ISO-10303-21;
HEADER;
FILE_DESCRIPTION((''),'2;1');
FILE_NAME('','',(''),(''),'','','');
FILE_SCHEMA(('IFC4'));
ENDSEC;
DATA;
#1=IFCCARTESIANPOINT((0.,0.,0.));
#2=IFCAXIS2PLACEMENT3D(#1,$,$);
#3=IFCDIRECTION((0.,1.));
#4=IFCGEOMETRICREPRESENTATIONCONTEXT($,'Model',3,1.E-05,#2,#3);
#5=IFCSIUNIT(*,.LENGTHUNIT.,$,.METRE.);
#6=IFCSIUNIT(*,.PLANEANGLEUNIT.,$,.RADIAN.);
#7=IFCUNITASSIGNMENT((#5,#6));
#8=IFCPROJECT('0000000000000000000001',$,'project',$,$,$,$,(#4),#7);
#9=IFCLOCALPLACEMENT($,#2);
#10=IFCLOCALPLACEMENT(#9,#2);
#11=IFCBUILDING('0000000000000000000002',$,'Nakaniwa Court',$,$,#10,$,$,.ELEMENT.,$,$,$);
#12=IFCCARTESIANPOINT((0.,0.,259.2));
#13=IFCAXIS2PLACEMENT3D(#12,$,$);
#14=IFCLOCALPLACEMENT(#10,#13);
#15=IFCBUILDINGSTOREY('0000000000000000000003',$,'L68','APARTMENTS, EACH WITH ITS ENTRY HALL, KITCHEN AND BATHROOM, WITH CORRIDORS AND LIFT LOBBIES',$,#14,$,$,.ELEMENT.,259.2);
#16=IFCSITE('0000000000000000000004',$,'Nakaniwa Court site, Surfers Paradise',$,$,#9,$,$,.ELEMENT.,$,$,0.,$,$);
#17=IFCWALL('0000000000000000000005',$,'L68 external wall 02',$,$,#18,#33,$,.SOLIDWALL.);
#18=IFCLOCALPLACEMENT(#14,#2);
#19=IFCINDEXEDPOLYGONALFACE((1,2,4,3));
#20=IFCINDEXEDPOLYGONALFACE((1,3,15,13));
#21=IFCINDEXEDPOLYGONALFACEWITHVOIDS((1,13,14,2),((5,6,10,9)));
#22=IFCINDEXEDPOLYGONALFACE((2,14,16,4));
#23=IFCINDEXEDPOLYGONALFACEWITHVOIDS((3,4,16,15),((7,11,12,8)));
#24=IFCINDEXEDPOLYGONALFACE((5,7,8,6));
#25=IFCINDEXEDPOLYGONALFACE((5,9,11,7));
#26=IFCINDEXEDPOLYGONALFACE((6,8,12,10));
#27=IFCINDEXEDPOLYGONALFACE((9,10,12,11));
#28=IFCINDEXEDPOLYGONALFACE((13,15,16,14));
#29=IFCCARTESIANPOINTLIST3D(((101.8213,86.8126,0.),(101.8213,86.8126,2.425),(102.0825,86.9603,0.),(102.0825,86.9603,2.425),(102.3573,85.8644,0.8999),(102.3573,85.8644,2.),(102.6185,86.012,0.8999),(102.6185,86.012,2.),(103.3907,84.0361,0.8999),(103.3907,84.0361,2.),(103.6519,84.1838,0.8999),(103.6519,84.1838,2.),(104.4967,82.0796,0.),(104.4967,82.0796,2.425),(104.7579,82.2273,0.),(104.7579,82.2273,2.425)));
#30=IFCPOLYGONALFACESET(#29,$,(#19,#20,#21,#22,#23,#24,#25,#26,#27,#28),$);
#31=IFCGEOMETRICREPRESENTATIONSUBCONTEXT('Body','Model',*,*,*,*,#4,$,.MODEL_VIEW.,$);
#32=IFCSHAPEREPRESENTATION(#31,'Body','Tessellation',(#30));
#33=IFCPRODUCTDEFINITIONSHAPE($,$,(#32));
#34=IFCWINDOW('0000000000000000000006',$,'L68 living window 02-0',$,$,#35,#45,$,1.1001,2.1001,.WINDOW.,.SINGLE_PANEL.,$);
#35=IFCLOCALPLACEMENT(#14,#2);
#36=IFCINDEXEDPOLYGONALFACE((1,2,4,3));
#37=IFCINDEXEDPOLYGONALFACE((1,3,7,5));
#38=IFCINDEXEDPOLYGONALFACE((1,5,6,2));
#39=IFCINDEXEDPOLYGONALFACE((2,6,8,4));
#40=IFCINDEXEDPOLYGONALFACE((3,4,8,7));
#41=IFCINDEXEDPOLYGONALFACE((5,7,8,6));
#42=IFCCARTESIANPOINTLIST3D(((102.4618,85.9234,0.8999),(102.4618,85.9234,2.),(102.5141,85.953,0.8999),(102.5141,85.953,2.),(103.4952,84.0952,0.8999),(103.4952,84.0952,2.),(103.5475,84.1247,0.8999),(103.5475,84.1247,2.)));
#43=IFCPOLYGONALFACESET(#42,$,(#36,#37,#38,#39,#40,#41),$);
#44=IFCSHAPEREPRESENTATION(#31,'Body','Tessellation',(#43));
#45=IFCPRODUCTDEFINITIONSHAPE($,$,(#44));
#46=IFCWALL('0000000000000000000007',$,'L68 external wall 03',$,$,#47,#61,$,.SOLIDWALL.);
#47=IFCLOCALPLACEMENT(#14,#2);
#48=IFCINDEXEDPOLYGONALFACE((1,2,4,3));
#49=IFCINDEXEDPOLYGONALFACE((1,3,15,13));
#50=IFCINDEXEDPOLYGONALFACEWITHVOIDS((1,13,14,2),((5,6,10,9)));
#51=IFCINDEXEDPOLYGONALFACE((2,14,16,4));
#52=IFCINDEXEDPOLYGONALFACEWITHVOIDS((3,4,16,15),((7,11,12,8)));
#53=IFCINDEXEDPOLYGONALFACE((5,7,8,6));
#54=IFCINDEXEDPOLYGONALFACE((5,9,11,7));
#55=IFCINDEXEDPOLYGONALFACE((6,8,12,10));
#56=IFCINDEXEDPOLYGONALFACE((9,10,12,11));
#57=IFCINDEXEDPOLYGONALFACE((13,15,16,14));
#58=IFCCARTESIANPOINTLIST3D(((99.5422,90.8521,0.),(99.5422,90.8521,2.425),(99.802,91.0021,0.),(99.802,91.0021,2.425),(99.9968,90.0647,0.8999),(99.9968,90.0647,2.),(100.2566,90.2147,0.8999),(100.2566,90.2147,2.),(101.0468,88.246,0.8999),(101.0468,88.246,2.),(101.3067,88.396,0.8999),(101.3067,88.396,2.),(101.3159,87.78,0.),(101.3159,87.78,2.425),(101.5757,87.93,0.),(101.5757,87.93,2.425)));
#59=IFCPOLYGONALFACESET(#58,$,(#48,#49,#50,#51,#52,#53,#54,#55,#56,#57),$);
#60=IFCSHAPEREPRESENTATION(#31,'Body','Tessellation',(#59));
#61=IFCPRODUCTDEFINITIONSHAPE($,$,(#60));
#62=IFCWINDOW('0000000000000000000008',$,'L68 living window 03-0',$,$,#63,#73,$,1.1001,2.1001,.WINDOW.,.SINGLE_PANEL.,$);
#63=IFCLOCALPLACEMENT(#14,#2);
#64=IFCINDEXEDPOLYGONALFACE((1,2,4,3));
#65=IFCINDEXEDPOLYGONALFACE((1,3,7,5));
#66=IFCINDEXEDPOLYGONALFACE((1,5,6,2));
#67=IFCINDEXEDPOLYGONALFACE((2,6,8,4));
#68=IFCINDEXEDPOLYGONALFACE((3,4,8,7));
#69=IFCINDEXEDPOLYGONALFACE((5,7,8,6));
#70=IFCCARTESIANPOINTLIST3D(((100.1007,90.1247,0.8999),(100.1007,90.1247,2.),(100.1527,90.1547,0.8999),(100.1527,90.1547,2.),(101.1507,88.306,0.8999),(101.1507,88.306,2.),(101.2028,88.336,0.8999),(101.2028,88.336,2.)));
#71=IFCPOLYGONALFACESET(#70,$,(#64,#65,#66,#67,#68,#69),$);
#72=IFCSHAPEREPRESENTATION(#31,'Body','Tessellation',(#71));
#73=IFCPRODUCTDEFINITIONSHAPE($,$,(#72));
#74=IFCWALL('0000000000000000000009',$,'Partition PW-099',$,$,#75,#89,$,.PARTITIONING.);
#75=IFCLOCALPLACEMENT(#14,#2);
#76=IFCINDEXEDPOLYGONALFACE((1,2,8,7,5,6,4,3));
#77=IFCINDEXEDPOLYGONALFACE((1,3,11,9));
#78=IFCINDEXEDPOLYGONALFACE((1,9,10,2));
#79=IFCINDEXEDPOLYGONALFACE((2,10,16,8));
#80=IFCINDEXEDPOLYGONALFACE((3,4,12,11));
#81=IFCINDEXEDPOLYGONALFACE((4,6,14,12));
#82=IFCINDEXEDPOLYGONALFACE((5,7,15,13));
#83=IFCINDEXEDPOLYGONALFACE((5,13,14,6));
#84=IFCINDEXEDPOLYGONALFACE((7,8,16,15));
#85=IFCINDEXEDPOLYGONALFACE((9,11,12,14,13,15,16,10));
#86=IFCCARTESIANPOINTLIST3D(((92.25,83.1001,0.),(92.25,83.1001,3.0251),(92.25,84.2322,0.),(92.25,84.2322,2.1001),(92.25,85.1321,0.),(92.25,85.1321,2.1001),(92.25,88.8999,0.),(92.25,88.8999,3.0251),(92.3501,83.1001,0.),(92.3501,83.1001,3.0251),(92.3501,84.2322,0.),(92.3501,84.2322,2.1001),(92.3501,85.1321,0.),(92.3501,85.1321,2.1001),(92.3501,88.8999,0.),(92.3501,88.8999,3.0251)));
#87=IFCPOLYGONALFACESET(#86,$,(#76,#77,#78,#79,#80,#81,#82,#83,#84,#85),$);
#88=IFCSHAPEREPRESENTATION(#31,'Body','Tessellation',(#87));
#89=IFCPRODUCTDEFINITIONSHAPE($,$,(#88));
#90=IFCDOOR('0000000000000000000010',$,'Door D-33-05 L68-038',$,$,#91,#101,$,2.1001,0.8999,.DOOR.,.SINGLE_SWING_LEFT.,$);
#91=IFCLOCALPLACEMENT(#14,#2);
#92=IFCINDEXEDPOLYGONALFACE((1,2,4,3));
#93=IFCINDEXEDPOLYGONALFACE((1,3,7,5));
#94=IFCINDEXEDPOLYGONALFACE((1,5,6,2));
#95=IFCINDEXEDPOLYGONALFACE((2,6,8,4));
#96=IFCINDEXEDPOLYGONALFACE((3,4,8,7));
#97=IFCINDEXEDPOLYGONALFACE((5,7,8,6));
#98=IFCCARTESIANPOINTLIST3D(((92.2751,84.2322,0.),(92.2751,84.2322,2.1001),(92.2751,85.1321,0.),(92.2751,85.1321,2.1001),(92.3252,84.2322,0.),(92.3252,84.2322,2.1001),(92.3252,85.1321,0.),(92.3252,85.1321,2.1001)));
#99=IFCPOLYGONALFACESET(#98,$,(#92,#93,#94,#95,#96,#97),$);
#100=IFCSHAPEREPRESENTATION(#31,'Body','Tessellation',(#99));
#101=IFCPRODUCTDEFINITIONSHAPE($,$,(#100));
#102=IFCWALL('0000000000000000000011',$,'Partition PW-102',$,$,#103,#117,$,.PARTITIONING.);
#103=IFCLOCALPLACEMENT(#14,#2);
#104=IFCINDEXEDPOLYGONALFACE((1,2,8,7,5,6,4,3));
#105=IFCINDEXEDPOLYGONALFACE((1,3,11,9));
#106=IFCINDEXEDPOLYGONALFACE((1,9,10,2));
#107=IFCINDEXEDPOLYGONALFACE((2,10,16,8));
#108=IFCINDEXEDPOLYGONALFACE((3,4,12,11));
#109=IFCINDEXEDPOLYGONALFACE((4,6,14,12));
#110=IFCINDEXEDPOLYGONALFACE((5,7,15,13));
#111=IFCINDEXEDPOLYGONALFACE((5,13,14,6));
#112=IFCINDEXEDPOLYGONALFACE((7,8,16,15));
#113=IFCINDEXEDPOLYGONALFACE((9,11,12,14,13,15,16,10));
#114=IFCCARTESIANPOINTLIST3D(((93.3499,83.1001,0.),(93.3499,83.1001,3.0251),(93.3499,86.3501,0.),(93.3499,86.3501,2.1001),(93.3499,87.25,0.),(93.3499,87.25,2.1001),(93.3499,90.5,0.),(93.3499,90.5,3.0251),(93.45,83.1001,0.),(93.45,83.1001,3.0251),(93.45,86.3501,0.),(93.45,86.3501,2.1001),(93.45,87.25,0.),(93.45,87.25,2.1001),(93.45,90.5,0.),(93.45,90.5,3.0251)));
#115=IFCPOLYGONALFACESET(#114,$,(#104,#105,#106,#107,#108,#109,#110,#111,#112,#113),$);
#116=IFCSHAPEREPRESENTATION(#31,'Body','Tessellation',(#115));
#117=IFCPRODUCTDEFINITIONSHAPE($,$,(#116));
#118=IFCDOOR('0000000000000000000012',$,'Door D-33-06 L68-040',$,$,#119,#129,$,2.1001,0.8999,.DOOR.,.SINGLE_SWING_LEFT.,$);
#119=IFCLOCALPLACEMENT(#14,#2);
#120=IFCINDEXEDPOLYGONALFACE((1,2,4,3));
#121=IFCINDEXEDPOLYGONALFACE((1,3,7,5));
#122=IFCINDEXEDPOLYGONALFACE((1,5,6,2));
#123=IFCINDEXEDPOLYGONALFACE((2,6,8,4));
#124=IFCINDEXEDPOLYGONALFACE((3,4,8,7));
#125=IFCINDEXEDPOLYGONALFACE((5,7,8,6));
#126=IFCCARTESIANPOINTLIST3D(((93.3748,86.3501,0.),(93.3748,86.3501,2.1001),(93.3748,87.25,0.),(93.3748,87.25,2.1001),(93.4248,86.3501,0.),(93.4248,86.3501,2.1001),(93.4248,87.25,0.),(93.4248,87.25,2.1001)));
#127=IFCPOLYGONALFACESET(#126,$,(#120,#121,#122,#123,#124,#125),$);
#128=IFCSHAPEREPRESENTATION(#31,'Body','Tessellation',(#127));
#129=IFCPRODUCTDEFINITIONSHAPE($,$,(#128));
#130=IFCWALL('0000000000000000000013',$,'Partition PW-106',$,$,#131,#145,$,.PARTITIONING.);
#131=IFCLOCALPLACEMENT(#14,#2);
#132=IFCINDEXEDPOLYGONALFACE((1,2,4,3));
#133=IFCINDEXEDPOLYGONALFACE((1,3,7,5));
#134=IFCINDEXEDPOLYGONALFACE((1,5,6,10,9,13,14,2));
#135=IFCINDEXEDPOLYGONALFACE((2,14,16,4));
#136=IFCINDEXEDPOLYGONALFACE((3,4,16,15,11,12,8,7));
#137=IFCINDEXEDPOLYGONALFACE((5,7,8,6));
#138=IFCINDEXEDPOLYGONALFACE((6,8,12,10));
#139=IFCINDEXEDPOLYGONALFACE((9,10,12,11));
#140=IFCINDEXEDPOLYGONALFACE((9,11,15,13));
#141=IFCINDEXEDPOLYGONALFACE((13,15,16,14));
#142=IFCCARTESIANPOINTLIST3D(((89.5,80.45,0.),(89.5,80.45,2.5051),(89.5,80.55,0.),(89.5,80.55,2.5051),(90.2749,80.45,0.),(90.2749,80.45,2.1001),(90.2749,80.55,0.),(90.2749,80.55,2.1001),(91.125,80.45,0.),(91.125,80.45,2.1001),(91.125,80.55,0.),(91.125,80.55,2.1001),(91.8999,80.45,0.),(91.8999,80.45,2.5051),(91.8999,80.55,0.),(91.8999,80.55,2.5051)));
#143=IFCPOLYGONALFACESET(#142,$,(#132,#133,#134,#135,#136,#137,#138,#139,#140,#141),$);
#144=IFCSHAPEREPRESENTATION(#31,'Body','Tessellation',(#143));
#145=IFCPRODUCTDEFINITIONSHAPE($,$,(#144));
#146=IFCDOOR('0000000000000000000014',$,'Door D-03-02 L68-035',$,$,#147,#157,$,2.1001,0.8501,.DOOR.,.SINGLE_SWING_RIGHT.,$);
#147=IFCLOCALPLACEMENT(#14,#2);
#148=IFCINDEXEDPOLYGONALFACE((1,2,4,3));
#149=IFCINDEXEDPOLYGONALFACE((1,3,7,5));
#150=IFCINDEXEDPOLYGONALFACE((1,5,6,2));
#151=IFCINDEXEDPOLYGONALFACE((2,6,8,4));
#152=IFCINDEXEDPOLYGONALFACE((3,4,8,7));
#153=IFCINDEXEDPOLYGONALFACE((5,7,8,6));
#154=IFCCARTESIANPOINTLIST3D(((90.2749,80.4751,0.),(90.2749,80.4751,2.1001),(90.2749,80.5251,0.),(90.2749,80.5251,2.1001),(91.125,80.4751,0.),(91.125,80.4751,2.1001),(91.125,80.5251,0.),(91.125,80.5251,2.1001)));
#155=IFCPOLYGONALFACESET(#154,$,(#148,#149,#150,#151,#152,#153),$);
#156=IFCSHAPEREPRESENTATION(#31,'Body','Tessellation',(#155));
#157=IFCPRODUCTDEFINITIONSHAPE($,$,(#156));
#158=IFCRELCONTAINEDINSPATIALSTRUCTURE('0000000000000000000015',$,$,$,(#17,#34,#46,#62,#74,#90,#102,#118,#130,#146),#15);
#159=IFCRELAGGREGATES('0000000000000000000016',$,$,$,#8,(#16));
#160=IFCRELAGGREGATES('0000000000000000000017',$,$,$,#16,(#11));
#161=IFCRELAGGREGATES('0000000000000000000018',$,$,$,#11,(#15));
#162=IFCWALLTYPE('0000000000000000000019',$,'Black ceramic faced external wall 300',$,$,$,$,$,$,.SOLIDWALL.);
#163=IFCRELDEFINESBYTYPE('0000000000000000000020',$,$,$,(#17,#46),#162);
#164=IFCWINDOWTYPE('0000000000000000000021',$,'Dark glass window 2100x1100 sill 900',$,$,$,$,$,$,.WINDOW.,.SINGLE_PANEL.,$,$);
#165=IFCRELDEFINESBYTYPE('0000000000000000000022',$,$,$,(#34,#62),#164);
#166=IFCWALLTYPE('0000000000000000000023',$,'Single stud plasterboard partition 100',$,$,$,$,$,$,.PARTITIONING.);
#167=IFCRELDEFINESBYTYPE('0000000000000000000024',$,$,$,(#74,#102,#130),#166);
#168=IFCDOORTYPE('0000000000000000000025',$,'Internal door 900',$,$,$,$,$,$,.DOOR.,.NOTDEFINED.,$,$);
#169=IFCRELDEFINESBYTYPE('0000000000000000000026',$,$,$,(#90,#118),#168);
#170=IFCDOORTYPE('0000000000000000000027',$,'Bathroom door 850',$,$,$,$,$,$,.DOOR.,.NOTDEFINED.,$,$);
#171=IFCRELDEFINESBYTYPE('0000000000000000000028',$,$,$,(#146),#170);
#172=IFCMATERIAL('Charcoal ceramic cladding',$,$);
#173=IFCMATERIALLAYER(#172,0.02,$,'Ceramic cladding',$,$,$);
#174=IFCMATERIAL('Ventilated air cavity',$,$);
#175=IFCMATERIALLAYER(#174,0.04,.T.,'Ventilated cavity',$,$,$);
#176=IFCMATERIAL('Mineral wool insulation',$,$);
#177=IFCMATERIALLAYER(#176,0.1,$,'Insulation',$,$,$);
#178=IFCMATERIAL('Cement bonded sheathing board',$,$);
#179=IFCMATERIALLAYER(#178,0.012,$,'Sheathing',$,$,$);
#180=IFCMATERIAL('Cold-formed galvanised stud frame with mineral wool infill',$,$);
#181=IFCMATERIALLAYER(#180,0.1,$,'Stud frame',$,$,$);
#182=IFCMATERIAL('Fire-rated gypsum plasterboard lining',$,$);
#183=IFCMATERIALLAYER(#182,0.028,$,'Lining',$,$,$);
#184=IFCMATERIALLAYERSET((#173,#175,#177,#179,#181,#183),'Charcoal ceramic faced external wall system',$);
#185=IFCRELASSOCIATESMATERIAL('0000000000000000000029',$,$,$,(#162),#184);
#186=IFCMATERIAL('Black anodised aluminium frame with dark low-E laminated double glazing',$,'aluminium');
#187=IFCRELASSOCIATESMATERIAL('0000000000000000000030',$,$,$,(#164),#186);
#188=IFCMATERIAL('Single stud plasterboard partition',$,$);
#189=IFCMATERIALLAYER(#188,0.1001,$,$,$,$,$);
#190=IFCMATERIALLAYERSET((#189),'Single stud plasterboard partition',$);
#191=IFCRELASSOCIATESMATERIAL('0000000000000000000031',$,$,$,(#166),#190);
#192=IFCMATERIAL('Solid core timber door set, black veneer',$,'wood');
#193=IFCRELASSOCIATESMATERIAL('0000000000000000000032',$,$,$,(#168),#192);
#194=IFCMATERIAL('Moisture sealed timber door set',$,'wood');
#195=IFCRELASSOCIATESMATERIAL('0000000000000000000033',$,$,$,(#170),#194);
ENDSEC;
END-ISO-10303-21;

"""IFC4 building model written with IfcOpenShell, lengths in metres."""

from ifc_helpers import new_model, si_unit, direction, frame, frame_2d, origin, place, context, subcontext, project, spatial, rectangle, extrude, material, layer, layer_set, type_object, element, fill, save


model = new_model("IFC4")

# Units and contexts
model_context = context("Model", 3, precision=1e-05, world=origin(), true_north=direction((0.0, 1.0)))
body_context = subcontext(model_context, "Body", "Model", "MODEL_VIEW")
ifc_project = project(units=[si_unit("LENGTHUNIT", "METRE"), si_unit("PLANEANGLEUNIT", "RADIAN")], contexts=[model_context])

# Site, building, storey
site_placement = place(None, origin())
site = spatial("IfcSite", under=ifc_project, at=site_placement, Name="Nakaniwa Court site, Surfers Paradise", CompositionType="ELEMENT", RefElevation=0.0)
building_placement = place(site_placement, origin())
building = spatial("IfcBuilding", under=site, at=building_placement, Name="Nakaniwa Court", CompositionType="ELEMENT")
storey_placement = place(building_placement, frame((0.0, 0.0, 259.2)))
storey = spatial("IfcBuildingStorey", under=building, at=storey_placement, Name="L68", Description="APARTMENTS, EACH WITH ITS ENTRY HALL, KITCHEN AND BATHROOM, WITH CORRIDORS AND LIFT LOBBIES", CompositionType="ELEMENT", Elevation=259.2)

# Shared definitions
ifc_material_1 = material(Name="Charcoal ceramic cladding")
ifc_layer_1 = layer(ifc_material_1, 0.02, Name="Ceramic cladding")
ifc_material_2 = material(Name="Ventilated air cavity")
ifc_layer_2 = layer(ifc_material_2, 0.04, ventilated=True, Name="Ventilated cavity")
ifc_material_3 = material(Name="Mineral wool insulation")
ifc_layer_3 = layer(ifc_material_3, 0.1, Name="Insulation")
ifc_material_4 = material(Name="Cement bonded sheathing board")
ifc_layer_4 = layer(ifc_material_4, 0.012, Name="Sheathing")
ifc_material_5 = material(Name="Cold-formed galvanised stud frame with mineral wool infill")
ifc_layer_5 = layer(ifc_material_5, 0.1, Name="Stud frame")
ifc_material_6 = material(Name="Fire-rated gypsum plasterboard lining")
ifc_layer_6 = layer(ifc_material_6, 0.028, Name="Lining")
ifc_layer_set_1 = layer_set([ifc_layer_1, ifc_layer_2, ifc_layer_3, ifc_layer_4, ifc_layer_5, ifc_layer_6], Name="Charcoal ceramic faced external wall system")
wall_type_1 = type_object("IfcWallType", Name="Black ceramic faced external wall 300", PredefinedType="SOLIDWALL", material=ifc_layer_set_1)

# Walls, openings, windows
wall_1_placement = place(storey_placement, frame((104.6272, 82.1536, 0.0), z_axis=(0.0, 0.0, 1.0), x_axis=(-0.492081, 0.870549, 0.0)))
wall_1 = element("IfcWall", 1, at=wall_1_placement, inside=storey, type_object=wall_type_1, Name="L68 external wall 02", PredefinedType="SOLIDWALL", context=body_context, shape_type="SweptSolid", body=[
    extrude(rectangle(XDim=5.4368, YDim=0.3, at=frame_2d((2.7183, 0.0))), origin(), (0.0, 0.0, 1.0), 2.425),
])
opening_1_placement = place(wall_1_placement, frame((2.2473, 0.0, 0.8999)))
opening_1 = element("IfcOpeningElement", 2, at=opening_1_placement, cuts=wall_1, PredefinedType="OPENING", context=body_context, shape_type="SweptSolid", body=[
    extrude(rectangle(XDim=2.1001, YDim=1.1001, at=frame_2d((1.05, 0.55))), frame((0.0, 0.1599, 0.0), z_axis=(0.0, -1.0, 0.0), x_axis=(1.0, 0.0, 0.0)), (0.0, 0.0, 1.0), 0.3201),
])
ifc_material_7 = material(Name="Black anodised aluminium frame with dark low-E laminated double glazing", Category="aluminium")
window_type = type_object("IfcWindowType", Name="Dark glass window 2100x1100 sill 900", PartitioningType="SINGLE_PANEL", PredefinedType="WINDOW", material=ifc_material_7)
window_1_placement = place(opening_1_placement, origin())
window_1 = element("IfcWindow", 3, at=window_1_placement, inside=storey, type_object=window_type, Name="L68 living window 02-0", OverallHeight=1.1001, OverallWidth=2.1001, PartitioningType="SINGLE_PANEL", PredefinedType="WINDOW", context=body_context, shape_type="SweptSolid", body=[
    extrude(rectangle(XDim=2.1001, YDim=1.1001, at=frame_2d((1.05, 0.55))), frame((0.0, 0.03, 0.0), z_axis=(0.0, -1.0, 0.0), x_axis=(1.0, 0.0, 0.0)), (0.0, 0.0, 1.0), 0.0601),
])
fill(opening_1, window_1)
wall_2_placement = place(storey_placement, frame((101.4458, 87.855, 0.0), z_axis=(0.0, 0.0, 1.0), x_axis=(-0.50001, 0.866019, 0.0)))
wall_2 = element("IfcWall", 4, at=wall_2_placement, inside=storey, type_object=wall_type_1, Name="L68 external wall 03", PredefinedType="SOLIDWALL", context=body_context, shape_type="SweptSolid", body=[
    extrude(rectangle(XDim=3.5474, YDim=0.3, at=frame_2d((1.7737, 0.0))), origin(), (0.0, 0.0, 1.0), 2.425),
])
opening_2_placement = place(wall_2_placement, frame((0.5381, 0.0, 0.8999)))
opening_2 = element("IfcOpeningElement", 5, at=opening_2_placement, cuts=wall_2, PredefinedType="OPENING", context=body_context, shape_type="SweptSolid", body=[
    extrude(rectangle(XDim=2.1001, YDim=1.1001, at=frame_2d((1.05, 0.55))), frame((0.0, 0.1599, 0.0), z_axis=(0.0, -1.0, 0.0), x_axis=(1.0, 0.0, 0.0)), (0.0, 0.0, 1.0), 0.3201),
])
window_2_placement = place(opening_2_placement, origin())
window_2 = element("IfcWindow", 6, at=window_2_placement, inside=storey, type_object=window_type, Name="L68 living window 03-0", OverallHeight=1.1001, OverallWidth=2.1001, PartitioningType="SINGLE_PANEL", PredefinedType="WINDOW", context=body_context, shape_type="SweptSolid", body=[
    extrude(rectangle(XDim=2.1001, YDim=1.1001, at=frame_2d((1.05, 0.55))), frame((0.0, 0.03, 0.0), z_axis=(0.0, -1.0, 0.0), x_axis=(1.0, 0.0, 0.0)), (0.0, 0.0, 1.0), 0.0601),
])
fill(opening_2, window_2)

# Walls, openings, doors
ifc_material_8 = material(Name="Single stud plasterboard partition")
ifc_layer_7 = layer(ifc_material_8, 0.1001)
ifc_layer_set_2 = layer_set([ifc_layer_7], Name="Single stud plasterboard partition")
wall_type_2 = type_object("IfcWallType", Name="Single stud plasterboard partition 100", PredefinedType="PARTITIONING", material=ifc_layer_set_2)
wall_3_placement = place(storey_placement, frame((92.3, 83.1001, 0.0), z_axis=(0.0, 0.0, 1.0), x_axis=(0.0, 1.0, 0.0)))
wall_3 = element("IfcWall", 7, at=wall_3_placement, inside=storey, type_object=wall_type_2, Name="Partition PW-099", PredefinedType="PARTITIONING", context=body_context, shape_type="SweptSolid", body=[
    extrude(rectangle(XDim=5.7998, YDim=0.1001, at=frame_2d((2.8999, 0.0))), origin(), (0.0, 0.0, 1.0), 3.0251),
])
opening_3_placement = place(wall_3_placement, frame((1.1321, 0.0, 0.0)))
opening_3 = element("IfcOpeningElement", 8, at=opening_3_placement, cuts=wall_3, PredefinedType="OPENING", context=body_context, shape_type="SweptSolid", body=[
    extrude(rectangle(XDim=0.8999, YDim=2.1001, at=frame_2d((0.45, 1.05))), frame((0.0, 0.0601, 0.0), z_axis=(0.0, -1.0, 0.0), x_axis=(1.0, 0.0, 0.0)), (0.0, 0.0, 1.0), 0.1201),
])
ifc_material_9 = material(Name="Solid core timber door set, black veneer", Category="wood")
door_type_1 = type_object("IfcDoorType", Name="Internal door 900", OperationType="NOTDEFINED", PredefinedType="DOOR", material=ifc_material_9)
door_1_placement = place(opening_3_placement, origin())
door_1 = element("IfcDoor", 9, at=door_1_placement, inside=storey, type_object=door_type_1, Name="Door D-33-05 L68-038", OperationType="SINGLE_SWING_LEFT", OverallHeight=2.1001, OverallWidth=0.8999, PredefinedType="DOOR", context=body_context, shape_type="SweptSolid", body=[
    extrude(rectangle(XDim=0.8999, YDim=2.1001, at=frame_2d((0.45, 1.05))), frame((0.0, 0.0249, 0.0), z_axis=(0.0, -1.0, 0.0), x_axis=(1.0, 0.0, 0.0)), (0.0, 0.0, 1.0), 0.05),
])
fill(opening_3, door_1)
wall_4_placement = place(storey_placement, frame((93.3999, 90.5, 0.0), z_axis=(0.0, 0.0, 1.0), x_axis=(0.0, -1.0, 0.0)))
wall_4 = element("IfcWall", 10, at=wall_4_placement, inside=storey, type_object=wall_type_2, Name="Partition PW-102", PredefinedType="PARTITIONING", context=body_context, shape_type="SweptSolid", body=[
    extrude(rectangle(XDim=7.3999, YDim=0.1001, at=frame_2d((3.7, 0.0))), origin(), (0.0, 0.0, 1.0), 3.0251),
])
opening_4_placement = place(wall_4_placement, frame((3.25, 0.0, 0.0)))
opening_4 = element("IfcOpeningElement", 11, at=opening_4_placement, cuts=wall_4, PredefinedType="OPENING", context=body_context, shape_type="SweptSolid", body=[
    extrude(rectangle(XDim=0.8999, YDim=2.1001, at=frame_2d((0.45, 1.05))), frame((0.0, 0.0601, 0.0), z_axis=(0.0, -1.0, 0.0), x_axis=(1.0, 0.0, 0.0)), (0.0, 0.0, 1.0), 0.1201),
])
door_2_placement = place(opening_4_placement, origin())
door_2 = element("IfcDoor", 12, at=door_2_placement, inside=storey, type_object=door_type_1, Name="Door D-33-06 L68-040", OperationType="SINGLE_SWING_LEFT", OverallHeight=2.1001, OverallWidth=0.8999, PredefinedType="DOOR", context=body_context, shape_type="SweptSolid", body=[
    extrude(rectangle(XDim=0.8999, YDim=2.1001, at=frame_2d((0.45, 1.05))), frame((0.0, 0.0249, 0.0), z_axis=(0.0, -1.0, 0.0), x_axis=(1.0, 0.0, 0.0)), (0.0, 0.0, 1.0), 0.05),
])
fill(opening_4, door_2)
wall_5_placement = place(storey_placement, frame((91.8999, 80.5, 0.0), z_axis=(0.0, 0.0, 1.0), x_axis=(-1.0, 0.0, 0.0)))
wall_5 = element("IfcWall", 13, at=wall_5_placement, inside=storey, type_object=wall_type_2, Name="Partition PW-106", PredefinedType="PARTITIONING", context=body_context, shape_type="SweptSolid", body=[
    extrude(rectangle(XDim=2.3999, YDim=0.1001, at=frame_2d((1.2, 0.0))), origin(), (0.0, 0.0, 1.0), 2.5051),
])
opening_5_placement = place(wall_5_placement, frame((0.7749, 0.0, 0.0)))
opening_5 = element("IfcOpeningElement", 14, at=opening_5_placement, cuts=wall_5, PredefinedType="OPENING", context=body_context, shape_type="SweptSolid", body=[
    extrude(rectangle(XDim=0.8501, YDim=2.1001, at=frame_2d((0.425, 1.05))), frame((0.0, 0.0601, 0.0), z_axis=(0.0, -1.0, 0.0), x_axis=(1.0, 0.0, 0.0)), (0.0, 0.0, 1.0), 0.1201),
])
ifc_material_10 = material(Name="Moisture sealed timber door set", Category="wood")
door_type_2 = type_object("IfcDoorType", Name="Bathroom door 850", OperationType="NOTDEFINED", PredefinedType="DOOR", material=ifc_material_10)
door_3_placement = place(opening_5_placement, origin())
door_3 = element("IfcDoor", 15, at=door_3_placement, inside=storey, type_object=door_type_2, Name="Door D-03-02 L68-035", OperationType="SINGLE_SWING_RIGHT", OverallHeight=2.1001, OverallWidth=0.8501, PredefinedType="DOOR", context=body_context, shape_type="SweptSolid", body=[
    extrude(rectangle(XDim=0.8501, YDim=2.1001, at=frame_2d((0.425, 1.05))), frame((0.0, 0.0249, 0.0), z_axis=(0.0, -1.0, 0.0), x_axis=(1.0, 0.0, 0.0)), (0.0, 0.0, 1.0), 0.05),
])
fill(opening_5, door_3)

save(model, "model.ifc")
